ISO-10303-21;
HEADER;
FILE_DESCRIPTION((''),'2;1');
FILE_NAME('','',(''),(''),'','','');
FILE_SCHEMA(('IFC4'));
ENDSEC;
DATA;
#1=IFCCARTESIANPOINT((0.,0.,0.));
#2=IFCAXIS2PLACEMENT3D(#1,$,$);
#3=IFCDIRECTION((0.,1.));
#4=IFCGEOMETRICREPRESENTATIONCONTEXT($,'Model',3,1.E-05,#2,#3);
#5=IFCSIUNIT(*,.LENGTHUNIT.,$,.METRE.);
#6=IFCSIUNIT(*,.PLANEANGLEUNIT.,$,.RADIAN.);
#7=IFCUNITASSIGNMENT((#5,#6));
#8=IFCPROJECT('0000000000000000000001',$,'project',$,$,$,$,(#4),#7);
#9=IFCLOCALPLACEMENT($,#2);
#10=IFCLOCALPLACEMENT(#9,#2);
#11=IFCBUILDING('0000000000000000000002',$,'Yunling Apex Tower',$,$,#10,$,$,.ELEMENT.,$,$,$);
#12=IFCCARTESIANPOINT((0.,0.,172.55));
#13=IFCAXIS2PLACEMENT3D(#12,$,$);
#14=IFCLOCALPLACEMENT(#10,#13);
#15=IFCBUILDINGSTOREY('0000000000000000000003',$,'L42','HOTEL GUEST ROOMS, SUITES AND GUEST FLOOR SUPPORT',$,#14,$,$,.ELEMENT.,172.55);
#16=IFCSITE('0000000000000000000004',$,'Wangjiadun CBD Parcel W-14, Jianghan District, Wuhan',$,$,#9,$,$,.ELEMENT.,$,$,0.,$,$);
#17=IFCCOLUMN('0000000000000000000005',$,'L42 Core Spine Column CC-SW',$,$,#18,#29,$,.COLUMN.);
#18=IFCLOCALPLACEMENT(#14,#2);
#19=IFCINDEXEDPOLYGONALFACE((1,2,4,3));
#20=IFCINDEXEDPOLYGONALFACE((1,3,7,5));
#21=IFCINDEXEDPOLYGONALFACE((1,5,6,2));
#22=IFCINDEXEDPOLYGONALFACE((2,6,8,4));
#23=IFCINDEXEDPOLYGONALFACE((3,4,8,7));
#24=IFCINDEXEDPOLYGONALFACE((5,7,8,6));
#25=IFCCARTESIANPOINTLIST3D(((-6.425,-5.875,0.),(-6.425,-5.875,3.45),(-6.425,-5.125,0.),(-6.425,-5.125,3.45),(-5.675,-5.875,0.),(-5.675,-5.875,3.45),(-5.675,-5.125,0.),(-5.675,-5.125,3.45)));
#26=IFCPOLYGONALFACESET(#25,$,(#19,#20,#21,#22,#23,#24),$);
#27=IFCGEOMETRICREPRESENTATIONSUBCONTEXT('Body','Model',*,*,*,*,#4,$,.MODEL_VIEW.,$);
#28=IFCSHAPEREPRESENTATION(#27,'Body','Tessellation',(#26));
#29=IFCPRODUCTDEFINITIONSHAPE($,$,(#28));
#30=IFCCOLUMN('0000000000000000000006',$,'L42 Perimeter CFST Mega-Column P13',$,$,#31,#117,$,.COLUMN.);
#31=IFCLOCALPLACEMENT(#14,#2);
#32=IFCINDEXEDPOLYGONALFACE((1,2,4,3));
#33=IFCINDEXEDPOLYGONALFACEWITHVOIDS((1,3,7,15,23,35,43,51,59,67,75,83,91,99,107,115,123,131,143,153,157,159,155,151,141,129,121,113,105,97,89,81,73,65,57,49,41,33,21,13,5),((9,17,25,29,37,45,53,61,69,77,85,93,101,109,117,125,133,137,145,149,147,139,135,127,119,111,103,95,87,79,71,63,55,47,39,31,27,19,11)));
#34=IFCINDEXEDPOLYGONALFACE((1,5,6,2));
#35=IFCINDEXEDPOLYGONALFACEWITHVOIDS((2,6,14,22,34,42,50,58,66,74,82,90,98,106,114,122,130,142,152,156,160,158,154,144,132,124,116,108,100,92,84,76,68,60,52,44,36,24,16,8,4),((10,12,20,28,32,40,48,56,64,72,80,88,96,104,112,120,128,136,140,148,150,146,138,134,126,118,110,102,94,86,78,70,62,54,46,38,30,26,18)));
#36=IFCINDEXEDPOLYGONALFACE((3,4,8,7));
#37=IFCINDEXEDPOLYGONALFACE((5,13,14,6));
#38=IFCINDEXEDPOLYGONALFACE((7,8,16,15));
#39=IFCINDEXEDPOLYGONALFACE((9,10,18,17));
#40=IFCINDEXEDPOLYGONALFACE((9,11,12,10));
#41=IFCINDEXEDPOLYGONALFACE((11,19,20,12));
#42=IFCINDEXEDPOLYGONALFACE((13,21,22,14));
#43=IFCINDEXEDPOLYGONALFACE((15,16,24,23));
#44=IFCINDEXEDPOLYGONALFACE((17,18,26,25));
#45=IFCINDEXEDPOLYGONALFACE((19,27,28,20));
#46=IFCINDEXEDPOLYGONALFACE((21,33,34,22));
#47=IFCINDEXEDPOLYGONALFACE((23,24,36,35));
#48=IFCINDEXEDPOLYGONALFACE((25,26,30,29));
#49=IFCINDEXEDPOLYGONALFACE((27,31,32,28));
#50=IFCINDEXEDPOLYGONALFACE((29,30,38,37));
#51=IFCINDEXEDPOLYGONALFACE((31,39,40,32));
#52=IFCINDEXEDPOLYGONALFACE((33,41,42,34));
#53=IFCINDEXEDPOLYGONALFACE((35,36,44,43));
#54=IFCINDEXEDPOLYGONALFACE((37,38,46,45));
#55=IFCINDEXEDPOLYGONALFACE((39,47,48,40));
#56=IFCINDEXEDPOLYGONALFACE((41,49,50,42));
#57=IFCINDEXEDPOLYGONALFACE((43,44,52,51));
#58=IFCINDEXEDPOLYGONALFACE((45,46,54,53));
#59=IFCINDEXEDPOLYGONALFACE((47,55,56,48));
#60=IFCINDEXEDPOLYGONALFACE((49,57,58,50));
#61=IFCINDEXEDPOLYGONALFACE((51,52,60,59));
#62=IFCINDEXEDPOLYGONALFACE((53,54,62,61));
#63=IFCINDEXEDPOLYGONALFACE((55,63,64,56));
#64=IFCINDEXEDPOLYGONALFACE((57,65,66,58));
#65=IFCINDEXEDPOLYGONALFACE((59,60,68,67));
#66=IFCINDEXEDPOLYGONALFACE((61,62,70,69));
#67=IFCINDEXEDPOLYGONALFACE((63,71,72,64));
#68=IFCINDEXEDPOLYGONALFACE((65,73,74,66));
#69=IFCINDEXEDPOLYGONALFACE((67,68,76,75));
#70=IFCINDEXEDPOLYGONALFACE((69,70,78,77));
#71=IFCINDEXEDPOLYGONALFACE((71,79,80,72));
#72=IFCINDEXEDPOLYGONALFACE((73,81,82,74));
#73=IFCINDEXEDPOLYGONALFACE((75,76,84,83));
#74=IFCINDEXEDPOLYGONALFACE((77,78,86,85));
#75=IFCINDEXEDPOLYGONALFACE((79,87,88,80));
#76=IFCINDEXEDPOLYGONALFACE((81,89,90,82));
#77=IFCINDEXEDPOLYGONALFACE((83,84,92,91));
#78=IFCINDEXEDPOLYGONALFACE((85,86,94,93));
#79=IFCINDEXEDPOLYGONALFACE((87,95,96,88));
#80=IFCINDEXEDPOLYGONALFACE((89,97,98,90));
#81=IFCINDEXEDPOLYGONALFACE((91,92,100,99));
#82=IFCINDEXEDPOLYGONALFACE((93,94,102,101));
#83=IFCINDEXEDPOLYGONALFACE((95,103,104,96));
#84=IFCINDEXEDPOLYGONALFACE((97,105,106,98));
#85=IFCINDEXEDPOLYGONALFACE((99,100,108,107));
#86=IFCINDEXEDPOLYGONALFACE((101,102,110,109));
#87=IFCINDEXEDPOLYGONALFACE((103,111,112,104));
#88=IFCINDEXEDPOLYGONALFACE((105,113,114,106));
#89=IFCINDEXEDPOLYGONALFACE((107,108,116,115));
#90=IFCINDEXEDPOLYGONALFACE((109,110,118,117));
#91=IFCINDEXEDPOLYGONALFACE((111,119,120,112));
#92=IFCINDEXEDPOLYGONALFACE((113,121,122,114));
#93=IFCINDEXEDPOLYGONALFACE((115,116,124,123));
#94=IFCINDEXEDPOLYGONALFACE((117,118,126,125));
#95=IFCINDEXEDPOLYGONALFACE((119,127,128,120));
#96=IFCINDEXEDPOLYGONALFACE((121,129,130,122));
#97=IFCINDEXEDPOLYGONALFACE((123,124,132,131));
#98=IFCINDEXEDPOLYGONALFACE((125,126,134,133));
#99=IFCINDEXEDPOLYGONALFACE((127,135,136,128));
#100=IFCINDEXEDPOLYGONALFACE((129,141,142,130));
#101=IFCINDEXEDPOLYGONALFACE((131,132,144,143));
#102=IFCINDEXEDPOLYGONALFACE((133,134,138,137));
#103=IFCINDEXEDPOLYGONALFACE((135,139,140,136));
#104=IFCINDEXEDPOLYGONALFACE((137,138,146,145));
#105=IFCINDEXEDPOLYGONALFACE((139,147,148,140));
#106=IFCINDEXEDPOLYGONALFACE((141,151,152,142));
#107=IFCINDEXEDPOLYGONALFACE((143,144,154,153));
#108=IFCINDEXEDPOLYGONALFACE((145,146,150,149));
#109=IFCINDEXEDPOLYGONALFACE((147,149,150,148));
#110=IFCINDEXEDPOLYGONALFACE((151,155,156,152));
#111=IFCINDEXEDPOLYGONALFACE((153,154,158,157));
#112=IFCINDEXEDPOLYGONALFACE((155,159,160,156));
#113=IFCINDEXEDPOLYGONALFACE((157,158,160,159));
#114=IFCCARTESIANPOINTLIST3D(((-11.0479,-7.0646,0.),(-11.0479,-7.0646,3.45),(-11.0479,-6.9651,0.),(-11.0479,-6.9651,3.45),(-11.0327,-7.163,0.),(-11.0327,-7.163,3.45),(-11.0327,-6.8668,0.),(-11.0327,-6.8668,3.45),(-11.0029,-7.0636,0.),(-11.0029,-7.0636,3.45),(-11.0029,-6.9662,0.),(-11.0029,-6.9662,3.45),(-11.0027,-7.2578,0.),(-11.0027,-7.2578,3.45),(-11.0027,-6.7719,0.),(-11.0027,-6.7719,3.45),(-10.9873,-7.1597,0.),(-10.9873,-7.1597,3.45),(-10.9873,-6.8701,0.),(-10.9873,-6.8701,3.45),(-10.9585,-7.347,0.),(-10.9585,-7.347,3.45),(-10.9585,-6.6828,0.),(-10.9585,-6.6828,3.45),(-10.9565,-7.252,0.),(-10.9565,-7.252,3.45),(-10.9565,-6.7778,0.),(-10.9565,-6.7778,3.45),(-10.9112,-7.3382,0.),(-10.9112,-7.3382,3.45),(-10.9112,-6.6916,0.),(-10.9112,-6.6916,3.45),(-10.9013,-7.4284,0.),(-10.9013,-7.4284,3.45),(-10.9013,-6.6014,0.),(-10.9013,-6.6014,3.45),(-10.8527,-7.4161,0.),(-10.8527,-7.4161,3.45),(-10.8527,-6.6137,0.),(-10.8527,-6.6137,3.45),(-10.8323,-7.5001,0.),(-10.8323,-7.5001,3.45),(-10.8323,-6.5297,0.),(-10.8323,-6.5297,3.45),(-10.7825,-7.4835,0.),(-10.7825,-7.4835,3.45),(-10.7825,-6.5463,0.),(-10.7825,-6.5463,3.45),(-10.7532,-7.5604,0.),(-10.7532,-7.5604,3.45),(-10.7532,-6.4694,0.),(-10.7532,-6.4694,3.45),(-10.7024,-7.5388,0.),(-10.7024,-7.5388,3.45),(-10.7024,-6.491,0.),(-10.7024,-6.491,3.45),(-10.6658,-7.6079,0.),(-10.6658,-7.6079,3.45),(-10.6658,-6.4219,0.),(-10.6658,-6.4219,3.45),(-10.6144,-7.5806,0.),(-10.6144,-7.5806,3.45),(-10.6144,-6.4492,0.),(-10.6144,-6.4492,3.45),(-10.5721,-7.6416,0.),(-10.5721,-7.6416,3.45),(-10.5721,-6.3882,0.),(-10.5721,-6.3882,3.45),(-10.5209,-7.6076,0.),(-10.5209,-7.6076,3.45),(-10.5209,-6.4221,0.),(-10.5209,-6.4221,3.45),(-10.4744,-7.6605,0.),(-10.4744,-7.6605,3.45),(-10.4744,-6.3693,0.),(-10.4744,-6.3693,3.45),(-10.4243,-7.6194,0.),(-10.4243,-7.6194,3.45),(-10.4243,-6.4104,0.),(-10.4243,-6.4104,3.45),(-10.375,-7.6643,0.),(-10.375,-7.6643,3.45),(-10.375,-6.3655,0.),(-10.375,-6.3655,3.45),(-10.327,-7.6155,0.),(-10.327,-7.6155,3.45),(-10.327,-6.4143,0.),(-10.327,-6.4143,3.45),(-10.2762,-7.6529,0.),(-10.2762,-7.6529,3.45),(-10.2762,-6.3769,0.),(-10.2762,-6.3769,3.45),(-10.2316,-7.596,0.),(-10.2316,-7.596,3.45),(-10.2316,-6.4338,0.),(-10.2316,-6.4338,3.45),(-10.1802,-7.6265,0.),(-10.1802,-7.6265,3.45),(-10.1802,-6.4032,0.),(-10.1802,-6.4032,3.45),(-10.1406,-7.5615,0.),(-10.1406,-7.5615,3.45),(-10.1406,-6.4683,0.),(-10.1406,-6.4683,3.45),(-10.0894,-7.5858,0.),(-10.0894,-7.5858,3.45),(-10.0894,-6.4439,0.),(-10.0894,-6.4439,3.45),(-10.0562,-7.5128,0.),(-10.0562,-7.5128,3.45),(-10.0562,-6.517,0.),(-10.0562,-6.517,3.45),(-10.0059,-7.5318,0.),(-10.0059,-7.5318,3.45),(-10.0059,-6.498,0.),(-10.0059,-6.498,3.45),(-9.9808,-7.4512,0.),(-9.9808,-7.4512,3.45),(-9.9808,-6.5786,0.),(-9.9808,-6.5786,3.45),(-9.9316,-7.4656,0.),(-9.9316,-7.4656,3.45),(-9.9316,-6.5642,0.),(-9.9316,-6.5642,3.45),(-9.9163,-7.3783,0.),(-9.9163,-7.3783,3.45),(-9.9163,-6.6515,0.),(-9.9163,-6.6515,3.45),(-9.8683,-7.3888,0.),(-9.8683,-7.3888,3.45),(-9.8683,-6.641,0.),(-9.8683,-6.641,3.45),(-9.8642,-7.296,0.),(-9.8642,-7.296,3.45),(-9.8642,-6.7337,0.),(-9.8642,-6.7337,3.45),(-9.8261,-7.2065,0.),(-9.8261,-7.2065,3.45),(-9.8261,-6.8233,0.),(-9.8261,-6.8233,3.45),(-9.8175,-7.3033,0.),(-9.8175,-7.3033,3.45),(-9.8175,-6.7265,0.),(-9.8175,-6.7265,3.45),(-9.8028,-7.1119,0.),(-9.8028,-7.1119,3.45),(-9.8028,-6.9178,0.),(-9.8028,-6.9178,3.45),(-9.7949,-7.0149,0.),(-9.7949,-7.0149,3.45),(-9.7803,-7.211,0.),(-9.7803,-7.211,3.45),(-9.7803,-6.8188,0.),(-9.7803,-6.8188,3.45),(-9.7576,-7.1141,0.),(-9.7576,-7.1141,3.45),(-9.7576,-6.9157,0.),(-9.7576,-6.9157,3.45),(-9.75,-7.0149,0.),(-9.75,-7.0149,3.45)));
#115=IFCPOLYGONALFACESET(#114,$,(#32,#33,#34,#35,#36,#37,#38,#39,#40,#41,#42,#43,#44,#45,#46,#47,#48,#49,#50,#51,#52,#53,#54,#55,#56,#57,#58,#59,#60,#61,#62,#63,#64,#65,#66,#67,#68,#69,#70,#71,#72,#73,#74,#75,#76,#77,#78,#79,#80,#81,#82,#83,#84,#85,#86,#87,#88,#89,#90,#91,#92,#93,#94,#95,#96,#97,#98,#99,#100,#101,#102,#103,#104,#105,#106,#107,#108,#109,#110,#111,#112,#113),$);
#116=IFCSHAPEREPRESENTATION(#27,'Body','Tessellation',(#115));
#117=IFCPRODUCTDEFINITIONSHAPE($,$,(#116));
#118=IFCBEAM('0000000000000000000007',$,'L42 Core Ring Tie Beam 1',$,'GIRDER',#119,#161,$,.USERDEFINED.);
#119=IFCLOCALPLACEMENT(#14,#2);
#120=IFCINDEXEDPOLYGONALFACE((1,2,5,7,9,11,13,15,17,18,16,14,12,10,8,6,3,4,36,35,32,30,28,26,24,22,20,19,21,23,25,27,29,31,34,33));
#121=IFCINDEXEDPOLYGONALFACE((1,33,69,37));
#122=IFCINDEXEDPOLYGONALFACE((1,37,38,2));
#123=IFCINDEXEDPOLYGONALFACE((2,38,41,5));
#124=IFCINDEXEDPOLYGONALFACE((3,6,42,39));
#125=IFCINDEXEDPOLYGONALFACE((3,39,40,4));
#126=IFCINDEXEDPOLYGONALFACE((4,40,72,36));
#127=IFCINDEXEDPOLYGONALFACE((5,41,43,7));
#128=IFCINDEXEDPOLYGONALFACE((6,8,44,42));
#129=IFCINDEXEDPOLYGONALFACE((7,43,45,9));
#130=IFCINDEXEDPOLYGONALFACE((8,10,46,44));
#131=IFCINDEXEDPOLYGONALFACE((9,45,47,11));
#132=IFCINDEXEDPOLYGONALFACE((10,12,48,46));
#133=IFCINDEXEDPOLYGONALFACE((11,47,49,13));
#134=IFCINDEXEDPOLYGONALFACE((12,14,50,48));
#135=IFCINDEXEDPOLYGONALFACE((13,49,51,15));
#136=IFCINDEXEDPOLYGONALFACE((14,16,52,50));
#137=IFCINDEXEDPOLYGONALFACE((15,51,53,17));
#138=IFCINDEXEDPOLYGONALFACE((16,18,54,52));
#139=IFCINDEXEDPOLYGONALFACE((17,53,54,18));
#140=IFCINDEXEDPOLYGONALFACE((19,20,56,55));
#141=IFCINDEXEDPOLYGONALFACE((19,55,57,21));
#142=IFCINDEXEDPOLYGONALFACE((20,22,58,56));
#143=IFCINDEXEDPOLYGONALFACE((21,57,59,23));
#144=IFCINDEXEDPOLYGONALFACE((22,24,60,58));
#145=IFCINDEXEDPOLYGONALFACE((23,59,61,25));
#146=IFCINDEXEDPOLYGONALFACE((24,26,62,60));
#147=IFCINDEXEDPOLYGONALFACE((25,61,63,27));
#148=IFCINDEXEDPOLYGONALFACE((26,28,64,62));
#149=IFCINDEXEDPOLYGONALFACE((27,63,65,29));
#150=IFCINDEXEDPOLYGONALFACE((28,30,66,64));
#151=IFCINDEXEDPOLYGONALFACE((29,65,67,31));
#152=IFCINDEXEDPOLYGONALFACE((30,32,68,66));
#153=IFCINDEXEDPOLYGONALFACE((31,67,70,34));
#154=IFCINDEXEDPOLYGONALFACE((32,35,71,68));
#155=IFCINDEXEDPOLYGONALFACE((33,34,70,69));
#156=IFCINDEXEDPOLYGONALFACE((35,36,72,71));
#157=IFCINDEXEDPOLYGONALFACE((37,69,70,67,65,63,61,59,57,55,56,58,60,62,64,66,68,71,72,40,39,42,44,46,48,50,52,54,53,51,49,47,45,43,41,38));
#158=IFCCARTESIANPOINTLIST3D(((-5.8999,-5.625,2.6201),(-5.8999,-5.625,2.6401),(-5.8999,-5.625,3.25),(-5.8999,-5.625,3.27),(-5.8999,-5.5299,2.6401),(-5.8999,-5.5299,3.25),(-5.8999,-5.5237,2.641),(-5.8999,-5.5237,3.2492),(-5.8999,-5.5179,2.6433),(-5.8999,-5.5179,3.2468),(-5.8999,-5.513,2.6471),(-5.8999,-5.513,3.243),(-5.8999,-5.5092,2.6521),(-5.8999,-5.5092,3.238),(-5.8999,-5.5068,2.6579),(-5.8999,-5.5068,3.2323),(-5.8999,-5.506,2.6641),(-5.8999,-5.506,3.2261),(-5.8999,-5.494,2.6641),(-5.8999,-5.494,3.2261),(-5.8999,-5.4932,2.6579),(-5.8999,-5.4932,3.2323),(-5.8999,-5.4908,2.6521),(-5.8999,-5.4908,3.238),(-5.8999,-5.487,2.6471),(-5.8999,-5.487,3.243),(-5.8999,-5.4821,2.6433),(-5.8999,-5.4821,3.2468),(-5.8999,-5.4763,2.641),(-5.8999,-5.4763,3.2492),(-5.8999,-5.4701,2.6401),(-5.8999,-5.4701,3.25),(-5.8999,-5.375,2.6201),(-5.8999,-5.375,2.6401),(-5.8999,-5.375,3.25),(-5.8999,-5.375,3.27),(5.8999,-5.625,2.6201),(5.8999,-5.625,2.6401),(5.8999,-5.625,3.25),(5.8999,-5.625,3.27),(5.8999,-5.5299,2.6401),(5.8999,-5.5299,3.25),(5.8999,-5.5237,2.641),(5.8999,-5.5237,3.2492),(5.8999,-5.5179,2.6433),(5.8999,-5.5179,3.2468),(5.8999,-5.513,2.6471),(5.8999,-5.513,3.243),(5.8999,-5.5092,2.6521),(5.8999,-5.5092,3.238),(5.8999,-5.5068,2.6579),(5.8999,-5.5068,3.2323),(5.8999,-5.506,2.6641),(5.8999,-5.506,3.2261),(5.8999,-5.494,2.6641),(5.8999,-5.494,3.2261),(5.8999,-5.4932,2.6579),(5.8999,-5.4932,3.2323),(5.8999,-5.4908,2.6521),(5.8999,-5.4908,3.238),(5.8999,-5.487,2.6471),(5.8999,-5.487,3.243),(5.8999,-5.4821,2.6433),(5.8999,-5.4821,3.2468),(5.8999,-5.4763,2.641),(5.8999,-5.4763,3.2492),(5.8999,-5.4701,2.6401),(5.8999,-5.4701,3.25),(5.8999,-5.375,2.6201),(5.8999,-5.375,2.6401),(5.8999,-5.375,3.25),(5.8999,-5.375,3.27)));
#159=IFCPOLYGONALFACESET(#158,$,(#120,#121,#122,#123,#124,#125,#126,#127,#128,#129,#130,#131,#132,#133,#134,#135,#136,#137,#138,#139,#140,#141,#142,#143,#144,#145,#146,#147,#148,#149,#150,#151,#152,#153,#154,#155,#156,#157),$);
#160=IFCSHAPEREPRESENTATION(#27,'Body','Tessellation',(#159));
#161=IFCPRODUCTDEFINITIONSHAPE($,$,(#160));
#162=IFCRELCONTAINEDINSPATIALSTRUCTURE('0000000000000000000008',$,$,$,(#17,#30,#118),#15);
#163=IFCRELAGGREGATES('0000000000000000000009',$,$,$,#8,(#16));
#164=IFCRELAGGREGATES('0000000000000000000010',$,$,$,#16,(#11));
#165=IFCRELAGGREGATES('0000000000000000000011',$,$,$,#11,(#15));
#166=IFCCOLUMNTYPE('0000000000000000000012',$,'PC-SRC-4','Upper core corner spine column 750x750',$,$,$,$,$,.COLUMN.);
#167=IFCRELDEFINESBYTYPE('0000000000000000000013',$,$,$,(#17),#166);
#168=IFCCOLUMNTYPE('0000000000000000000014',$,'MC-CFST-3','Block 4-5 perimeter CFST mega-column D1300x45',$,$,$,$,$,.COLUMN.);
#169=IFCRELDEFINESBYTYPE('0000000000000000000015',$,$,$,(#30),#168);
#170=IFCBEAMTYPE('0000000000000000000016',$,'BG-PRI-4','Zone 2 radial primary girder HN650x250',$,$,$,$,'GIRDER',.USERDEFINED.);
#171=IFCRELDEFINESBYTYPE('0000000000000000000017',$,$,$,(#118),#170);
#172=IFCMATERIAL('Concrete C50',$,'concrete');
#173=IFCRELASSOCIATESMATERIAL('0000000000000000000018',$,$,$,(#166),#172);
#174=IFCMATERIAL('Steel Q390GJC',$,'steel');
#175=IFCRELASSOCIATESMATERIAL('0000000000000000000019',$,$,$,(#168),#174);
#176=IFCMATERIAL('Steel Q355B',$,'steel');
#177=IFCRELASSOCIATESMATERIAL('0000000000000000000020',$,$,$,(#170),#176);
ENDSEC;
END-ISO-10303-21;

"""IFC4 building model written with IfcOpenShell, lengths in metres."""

from ifc_helpers import new_model, si_unit, direction, frame, origin, origin_2d, place, context, subcontext, project, spatial, rectangle, hollow_circle, i_section, extrude, source, transform, mapped, material, material_profile, profile_set, type_object, element, save


model = new_model("IFC4")

# Units and contexts
model_context = context("Model", 3, precision=1e-05, world=origin(), true_north=direction((0.0, 1.0)))
body_context = subcontext(model_context, "Body", "Model", "MODEL_VIEW")
ifc_project = project(units=[si_unit("LENGTHUNIT", "METRE"), si_unit("PLANEANGLEUNIT", "RADIAN")], contexts=[model_context])

# Site, building, storey
site_placement = place(None, origin())
site = spatial("IfcSite", under=ifc_project, at=site_placement, Name="Wangjiadun CBD Parcel W-14, Jianghan District, Wuhan", CompositionType="ELEMENT", RefElevation=0.0)
building_placement = place(site_placement, origin())
building = spatial("IfcBuilding", under=site, at=building_placement, Name="Yunling Apex Tower", CompositionType="ELEMENT")
storey_placement = place(building_placement, frame((0.0, 0.0, 172.55)))
storey = spatial("IfcBuildingStorey", under=building, at=storey_placement, Name="L42", Description="HOTEL GUEST ROOMS, SUITES AND GUEST FLOOR SUPPORT", CompositionType="ELEMENT", Elevation=172.55)

# Columns
ifc_material_1 = material(Name="Concrete C50", Category="concrete")
ifc_material_profile_1 = material_profile(ifc_material_1, rectangle(XDim=0.75, YDim=0.75, at=origin_2d()))
ifc_profile_set_1 = profile_set([ifc_material_profile_1], Name="Concrete C50")
column_type_1 = type_object("IfcColumnType", Name="PC-SRC-4", Description="Upper core corner spine column 750x750", PredefinedType="COLUMN", material=ifc_profile_set_1)
shared_shape_1 = source(origin(), body_context, "Body", "SweptSolid", [
    extrude(rectangle(XDim=0.75, YDim=0.75, at=origin_2d()), origin(), (0.0, 0.0, 1.0), 3.45),
])
column_1_placement = place(storey_placement, frame((-6.05, -5.5, 0.0), z_axis=(0.0, 0.0, 1.0), x_axis=(1.0, 0.0, 0.0)))
element("IfcColumn", 1, at=column_1_placement, inside=storey, type_object=column_type_1, Name="L42 Core Spine Column CC-SW", PredefinedType="COLUMN", context=body_context, shape_type="MappedRepresentation", body=[
    mapped(shared_shape_1, transform((0.0, 0.0, 0.0), scale=1.0)),
])
ifc_material_2 = material(Name="Steel Q390GJC", Category="steel")
ifc_material_profile_2 = material_profile(ifc_material_2, hollow_circle(Radius=0.6499, WallThickness=0.0449, at=origin_2d()))
ifc_profile_set_2 = profile_set([ifc_material_profile_2], Name="Steel Q390GJC")
column_type_2 = type_object("IfcColumnType", Name="MC-CFST-3", Description="Block 4-5 perimeter CFST mega-column D1300x45", PredefinedType="COLUMN", material=ifc_profile_set_2)
shared_shape_2 = source(origin(), body_context, "Body", "SweptSolid", [
    extrude(hollow_circle(Radius=0.6499, WallThickness=0.0449, at=origin_2d()), origin(), (0.0, 0.0, 1.0), 3.45),
])
column_2_placement = place(storey_placement, frame((-10.3999, -7.0149, 0.0), z_axis=(0.0, 0.0, 1.0), x_axis=(1.0, 0.0, 0.0)))
element("IfcColumn", 2, at=column_2_placement, inside=storey, type_object=column_type_2, Name="L42 Perimeter CFST Mega-Column P13", PredefinedType="COLUMN", context=body_context, shape_type="MappedRepresentation", body=[
    mapped(shared_shape_2, transform((0.0, 0.0, 0.0), scale=1.0)),
])

# Beam
ifc_material_3 = material(Name="Steel Q355B", Category="steel")
ifc_material_profile_3 = material_profile(ifc_material_3, i_section(OverallWidth=0.25, OverallDepth=0.6499, WebThickness=0.012, FlangeThickness=0.02, FilletRadius=0.0239, at=origin_2d()))
ifc_profile_set_3 = profile_set([ifc_material_profile_3], Name="Steel Q355B")
beam_type_1 = type_object("IfcBeamType", Name="BG-PRI-4", Description="Zone 2 radial primary girder HN650x250", ElementType="GIRDER", PredefinedType="USERDEFINED", material=ifc_profile_set_3)
shared_shape_3 = source(origin(), body_context, "Body", "SweptSolid", [
    extrude(i_section(OverallWidth=0.25, OverallDepth=0.6499, WebThickness=0.012, FlangeThickness=0.02, FilletRadius=0.0239, at=origin_2d()), origin(), (0.0, 0.0, 1.0), 11.7998),
])
beam_1_placement = place(storey_placement, frame((-5.8999, -5.5, 2.9451), z_axis=(1.0, 0.0, 0.0), x_axis=(0.0, 1.0, 0.0)))
element("IfcBeam", 3, at=beam_1_placement, inside=storey, type_object=beam_type_1, Name="L42 Core Ring Tie Beam 1", ObjectType="GIRDER", PredefinedType="USERDEFINED", context=body_context, shape_type="MappedRepresentation", body=[
    mapped(shared_shape_3, transform((0.0, 0.0, 0.0), scale=1.0)),
])

save(model, "model.ifc")
